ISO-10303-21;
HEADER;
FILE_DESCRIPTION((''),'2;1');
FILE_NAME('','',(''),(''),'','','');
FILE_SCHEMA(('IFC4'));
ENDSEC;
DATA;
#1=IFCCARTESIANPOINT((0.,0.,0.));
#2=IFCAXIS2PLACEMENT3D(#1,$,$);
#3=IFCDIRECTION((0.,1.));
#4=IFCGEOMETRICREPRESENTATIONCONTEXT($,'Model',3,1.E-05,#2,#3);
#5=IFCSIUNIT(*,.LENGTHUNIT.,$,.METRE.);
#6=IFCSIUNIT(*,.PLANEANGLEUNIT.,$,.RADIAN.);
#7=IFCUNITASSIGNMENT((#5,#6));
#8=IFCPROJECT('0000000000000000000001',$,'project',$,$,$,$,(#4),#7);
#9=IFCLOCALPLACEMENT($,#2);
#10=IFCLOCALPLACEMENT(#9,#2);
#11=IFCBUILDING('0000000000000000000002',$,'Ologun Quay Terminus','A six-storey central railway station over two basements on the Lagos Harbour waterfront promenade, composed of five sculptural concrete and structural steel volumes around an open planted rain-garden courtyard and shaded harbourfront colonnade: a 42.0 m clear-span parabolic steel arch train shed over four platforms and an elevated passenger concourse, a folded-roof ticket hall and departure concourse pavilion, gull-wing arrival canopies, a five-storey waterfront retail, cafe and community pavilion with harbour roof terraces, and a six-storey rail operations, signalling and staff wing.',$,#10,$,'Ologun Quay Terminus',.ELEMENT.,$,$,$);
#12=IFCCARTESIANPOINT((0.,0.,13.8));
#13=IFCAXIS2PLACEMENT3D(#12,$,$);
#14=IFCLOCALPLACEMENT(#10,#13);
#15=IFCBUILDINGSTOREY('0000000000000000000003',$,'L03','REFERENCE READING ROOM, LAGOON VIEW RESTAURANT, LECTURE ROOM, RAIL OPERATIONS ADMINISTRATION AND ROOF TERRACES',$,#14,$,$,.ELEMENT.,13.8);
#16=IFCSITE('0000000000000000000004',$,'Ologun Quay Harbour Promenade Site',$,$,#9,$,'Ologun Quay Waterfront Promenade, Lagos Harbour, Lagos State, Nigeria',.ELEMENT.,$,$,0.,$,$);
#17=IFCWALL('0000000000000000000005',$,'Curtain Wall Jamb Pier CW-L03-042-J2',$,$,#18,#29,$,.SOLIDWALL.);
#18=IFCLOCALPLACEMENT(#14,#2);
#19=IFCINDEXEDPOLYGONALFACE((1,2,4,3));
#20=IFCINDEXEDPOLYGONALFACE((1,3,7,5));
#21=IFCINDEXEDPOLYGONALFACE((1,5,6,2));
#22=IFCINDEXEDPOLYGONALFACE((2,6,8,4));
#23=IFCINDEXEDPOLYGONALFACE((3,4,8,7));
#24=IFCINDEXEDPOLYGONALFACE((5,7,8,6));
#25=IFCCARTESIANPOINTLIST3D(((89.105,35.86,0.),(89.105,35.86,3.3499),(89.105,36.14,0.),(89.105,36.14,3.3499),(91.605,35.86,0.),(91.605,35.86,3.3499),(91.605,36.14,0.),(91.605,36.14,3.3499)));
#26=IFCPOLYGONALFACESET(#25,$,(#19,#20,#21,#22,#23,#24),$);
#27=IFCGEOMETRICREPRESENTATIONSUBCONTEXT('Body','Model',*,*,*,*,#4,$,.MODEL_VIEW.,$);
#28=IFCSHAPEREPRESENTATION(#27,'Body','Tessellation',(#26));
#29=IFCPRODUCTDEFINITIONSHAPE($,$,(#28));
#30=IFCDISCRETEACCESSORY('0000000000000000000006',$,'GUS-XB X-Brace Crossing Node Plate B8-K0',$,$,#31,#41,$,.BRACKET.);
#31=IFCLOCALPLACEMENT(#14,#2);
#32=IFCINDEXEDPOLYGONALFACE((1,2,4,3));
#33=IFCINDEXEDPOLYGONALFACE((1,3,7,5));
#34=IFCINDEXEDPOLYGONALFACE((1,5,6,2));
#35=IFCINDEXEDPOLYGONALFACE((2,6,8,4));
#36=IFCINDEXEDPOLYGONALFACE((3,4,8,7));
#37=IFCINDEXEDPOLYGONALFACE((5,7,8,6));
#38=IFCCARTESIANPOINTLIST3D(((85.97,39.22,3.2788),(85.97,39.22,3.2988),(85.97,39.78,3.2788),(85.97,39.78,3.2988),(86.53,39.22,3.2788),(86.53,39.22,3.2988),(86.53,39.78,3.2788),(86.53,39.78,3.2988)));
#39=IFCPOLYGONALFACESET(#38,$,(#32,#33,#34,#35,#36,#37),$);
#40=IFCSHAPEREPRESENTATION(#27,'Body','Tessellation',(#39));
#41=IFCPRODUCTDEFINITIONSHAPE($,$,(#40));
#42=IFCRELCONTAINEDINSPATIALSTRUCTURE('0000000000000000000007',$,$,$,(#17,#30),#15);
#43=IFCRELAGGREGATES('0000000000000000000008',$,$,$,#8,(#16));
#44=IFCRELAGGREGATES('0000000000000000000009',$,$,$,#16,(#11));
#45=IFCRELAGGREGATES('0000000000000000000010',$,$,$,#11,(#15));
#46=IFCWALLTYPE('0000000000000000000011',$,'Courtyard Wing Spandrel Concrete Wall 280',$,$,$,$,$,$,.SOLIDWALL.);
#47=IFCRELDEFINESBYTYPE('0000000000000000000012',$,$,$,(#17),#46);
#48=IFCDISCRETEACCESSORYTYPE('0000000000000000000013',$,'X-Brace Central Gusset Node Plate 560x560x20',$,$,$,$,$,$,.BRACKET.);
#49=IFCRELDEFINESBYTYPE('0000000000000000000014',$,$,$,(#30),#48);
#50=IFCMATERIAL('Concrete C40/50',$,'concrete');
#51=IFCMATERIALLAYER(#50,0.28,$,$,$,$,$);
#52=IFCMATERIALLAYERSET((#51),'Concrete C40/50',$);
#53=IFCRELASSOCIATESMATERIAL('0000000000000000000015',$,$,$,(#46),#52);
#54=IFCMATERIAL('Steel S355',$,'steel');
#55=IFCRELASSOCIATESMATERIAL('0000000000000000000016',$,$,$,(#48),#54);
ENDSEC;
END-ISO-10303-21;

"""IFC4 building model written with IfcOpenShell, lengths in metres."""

from ifc_helpers import new_model, si_unit, direction, frame, frame_2d, origin, origin_2d, place, context, subcontext, project, spatial, rectangle, extrude, material, layer, layer_set, type_object, element, save


model = new_model("IFC4")

# Units and contexts
model_context = context("Model", 3, precision=1e-05, world=origin(), true_north=direction((0.0, 1.0)))
body_context = subcontext(model_context, "Body", "Model", "MODEL_VIEW")
ifc_project = project(units=[si_unit("LENGTHUNIT", "METRE"), si_unit("PLANEANGLEUNIT", "RADIAN")], contexts=[model_context])

# Site, building, storey
site_placement = place(None, origin())
site = spatial("IfcSite", under=ifc_project, at=site_placement, Name="Ologun Quay Harbour Promenade Site", LongName="Ologun Quay Waterfront Promenade, Lagos Harbour, Lagos State, Nigeria", CompositionType="ELEMENT", RefElevation=0.0)
building_placement = place(site_placement, origin())
building = spatial("IfcBuilding", under=site, at=building_placement, Name="Ologun Quay Terminus", Description="A six-storey central railway station over two basements on the Lagos Harbour waterfront promenade, composed of five sculptural concrete and structural steel volumes around an open planted rain-garden courtyard and shaded harbourfront colonnade: a 42.0 m clear-span parabolic steel arch train shed over four platforms and an elevated passenger concourse, a folded-roof ticket hall and departure concourse pavilion, gull-wing arrival canopies, a five-storey waterfront retail, cafe and community pavilion with harbour roof terraces, and a six-storey rail operations, signalling and staff wing.", LongName="Ologun Quay Terminus", CompositionType="ELEMENT")
storey_placement = place(building_placement, frame((0.0, 0.0, 13.8)))
storey = spatial("IfcBuildingStorey", under=building, at=storey_placement, Name="L03", Description="REFERENCE READING ROOM, LAGOON VIEW RESTAURANT, LECTURE ROOM, RAIL OPERATIONS ADMINISTRATION AND ROOF TERRACES", CompositionType="ELEMENT", Elevation=13.8)

# Wall
ifc_material_1 = material(Name="Concrete C40/50", Category="concrete")
ifc_layer_1 = layer(ifc_material_1, 0.28)
ifc_layer_set_1 = layer_set([ifc_layer_1], Name="Concrete C40/50")
wall_type = type_object("IfcWallType", Name="Courtyard Wing Spandrel Concrete Wall 280", PredefinedType="SOLIDWALL", material=ifc_layer_set_1)
for number, where, z_axis, x_axis, name in (
    (1, (89.105, 36.0, 0.0), (0.0, 0.0, 1.0), (1.0, 0.0, 0.0), "Curtain Wall Jamb Pier CW-L03-042-J2"),
):
    element("IfcWall", number, at=place(storey_placement, frame(where, z_axis=z_axis, x_axis=x_axis)), inside=storey, type_object=wall_type, Name=name, PredefinedType="SOLIDWALL", context=body_context, shape_type="SweptSolid", body=[
        extrude(rectangle(XDim=2.5, YDim=0.28, at=frame_2d((1.25, 0.0))), origin(), (0.0, 0.0, 1.0), 3.3499),
    ])

# Discrete accessory
ifc_material_2 = material(Name="Steel S355", Category="steel")
discrete_accessory_type = type_object("IfcDiscreteAccessoryType", Name="X-Brace Central Gusset Node Plate 560x560x20", PredefinedType="BRACKET", material=ifc_material_2)
discrete_accessory_placement = place(storey_placement, frame((86.25, 39.5, 3.2788), z_axis=(0.0, 0.0, 1.0), x_axis=(1.0, 0.0, 0.0)))
element("IfcDiscreteAccessory", 2, at=discrete_accessory_placement, inside=storey, type_object=discrete_accessory_type, Name="GUS-XB X-Brace Crossing Node Plate B8-K0", PredefinedType="BRACKET", context=body_context, shape_type="SweptSolid", body=[
    extrude(rectangle(XDim=0.5601, YDim=0.5601, at=origin_2d()), origin(), (0.0, 0.0, 1.0), 0.02),
])

save(model, "model.ifc")
